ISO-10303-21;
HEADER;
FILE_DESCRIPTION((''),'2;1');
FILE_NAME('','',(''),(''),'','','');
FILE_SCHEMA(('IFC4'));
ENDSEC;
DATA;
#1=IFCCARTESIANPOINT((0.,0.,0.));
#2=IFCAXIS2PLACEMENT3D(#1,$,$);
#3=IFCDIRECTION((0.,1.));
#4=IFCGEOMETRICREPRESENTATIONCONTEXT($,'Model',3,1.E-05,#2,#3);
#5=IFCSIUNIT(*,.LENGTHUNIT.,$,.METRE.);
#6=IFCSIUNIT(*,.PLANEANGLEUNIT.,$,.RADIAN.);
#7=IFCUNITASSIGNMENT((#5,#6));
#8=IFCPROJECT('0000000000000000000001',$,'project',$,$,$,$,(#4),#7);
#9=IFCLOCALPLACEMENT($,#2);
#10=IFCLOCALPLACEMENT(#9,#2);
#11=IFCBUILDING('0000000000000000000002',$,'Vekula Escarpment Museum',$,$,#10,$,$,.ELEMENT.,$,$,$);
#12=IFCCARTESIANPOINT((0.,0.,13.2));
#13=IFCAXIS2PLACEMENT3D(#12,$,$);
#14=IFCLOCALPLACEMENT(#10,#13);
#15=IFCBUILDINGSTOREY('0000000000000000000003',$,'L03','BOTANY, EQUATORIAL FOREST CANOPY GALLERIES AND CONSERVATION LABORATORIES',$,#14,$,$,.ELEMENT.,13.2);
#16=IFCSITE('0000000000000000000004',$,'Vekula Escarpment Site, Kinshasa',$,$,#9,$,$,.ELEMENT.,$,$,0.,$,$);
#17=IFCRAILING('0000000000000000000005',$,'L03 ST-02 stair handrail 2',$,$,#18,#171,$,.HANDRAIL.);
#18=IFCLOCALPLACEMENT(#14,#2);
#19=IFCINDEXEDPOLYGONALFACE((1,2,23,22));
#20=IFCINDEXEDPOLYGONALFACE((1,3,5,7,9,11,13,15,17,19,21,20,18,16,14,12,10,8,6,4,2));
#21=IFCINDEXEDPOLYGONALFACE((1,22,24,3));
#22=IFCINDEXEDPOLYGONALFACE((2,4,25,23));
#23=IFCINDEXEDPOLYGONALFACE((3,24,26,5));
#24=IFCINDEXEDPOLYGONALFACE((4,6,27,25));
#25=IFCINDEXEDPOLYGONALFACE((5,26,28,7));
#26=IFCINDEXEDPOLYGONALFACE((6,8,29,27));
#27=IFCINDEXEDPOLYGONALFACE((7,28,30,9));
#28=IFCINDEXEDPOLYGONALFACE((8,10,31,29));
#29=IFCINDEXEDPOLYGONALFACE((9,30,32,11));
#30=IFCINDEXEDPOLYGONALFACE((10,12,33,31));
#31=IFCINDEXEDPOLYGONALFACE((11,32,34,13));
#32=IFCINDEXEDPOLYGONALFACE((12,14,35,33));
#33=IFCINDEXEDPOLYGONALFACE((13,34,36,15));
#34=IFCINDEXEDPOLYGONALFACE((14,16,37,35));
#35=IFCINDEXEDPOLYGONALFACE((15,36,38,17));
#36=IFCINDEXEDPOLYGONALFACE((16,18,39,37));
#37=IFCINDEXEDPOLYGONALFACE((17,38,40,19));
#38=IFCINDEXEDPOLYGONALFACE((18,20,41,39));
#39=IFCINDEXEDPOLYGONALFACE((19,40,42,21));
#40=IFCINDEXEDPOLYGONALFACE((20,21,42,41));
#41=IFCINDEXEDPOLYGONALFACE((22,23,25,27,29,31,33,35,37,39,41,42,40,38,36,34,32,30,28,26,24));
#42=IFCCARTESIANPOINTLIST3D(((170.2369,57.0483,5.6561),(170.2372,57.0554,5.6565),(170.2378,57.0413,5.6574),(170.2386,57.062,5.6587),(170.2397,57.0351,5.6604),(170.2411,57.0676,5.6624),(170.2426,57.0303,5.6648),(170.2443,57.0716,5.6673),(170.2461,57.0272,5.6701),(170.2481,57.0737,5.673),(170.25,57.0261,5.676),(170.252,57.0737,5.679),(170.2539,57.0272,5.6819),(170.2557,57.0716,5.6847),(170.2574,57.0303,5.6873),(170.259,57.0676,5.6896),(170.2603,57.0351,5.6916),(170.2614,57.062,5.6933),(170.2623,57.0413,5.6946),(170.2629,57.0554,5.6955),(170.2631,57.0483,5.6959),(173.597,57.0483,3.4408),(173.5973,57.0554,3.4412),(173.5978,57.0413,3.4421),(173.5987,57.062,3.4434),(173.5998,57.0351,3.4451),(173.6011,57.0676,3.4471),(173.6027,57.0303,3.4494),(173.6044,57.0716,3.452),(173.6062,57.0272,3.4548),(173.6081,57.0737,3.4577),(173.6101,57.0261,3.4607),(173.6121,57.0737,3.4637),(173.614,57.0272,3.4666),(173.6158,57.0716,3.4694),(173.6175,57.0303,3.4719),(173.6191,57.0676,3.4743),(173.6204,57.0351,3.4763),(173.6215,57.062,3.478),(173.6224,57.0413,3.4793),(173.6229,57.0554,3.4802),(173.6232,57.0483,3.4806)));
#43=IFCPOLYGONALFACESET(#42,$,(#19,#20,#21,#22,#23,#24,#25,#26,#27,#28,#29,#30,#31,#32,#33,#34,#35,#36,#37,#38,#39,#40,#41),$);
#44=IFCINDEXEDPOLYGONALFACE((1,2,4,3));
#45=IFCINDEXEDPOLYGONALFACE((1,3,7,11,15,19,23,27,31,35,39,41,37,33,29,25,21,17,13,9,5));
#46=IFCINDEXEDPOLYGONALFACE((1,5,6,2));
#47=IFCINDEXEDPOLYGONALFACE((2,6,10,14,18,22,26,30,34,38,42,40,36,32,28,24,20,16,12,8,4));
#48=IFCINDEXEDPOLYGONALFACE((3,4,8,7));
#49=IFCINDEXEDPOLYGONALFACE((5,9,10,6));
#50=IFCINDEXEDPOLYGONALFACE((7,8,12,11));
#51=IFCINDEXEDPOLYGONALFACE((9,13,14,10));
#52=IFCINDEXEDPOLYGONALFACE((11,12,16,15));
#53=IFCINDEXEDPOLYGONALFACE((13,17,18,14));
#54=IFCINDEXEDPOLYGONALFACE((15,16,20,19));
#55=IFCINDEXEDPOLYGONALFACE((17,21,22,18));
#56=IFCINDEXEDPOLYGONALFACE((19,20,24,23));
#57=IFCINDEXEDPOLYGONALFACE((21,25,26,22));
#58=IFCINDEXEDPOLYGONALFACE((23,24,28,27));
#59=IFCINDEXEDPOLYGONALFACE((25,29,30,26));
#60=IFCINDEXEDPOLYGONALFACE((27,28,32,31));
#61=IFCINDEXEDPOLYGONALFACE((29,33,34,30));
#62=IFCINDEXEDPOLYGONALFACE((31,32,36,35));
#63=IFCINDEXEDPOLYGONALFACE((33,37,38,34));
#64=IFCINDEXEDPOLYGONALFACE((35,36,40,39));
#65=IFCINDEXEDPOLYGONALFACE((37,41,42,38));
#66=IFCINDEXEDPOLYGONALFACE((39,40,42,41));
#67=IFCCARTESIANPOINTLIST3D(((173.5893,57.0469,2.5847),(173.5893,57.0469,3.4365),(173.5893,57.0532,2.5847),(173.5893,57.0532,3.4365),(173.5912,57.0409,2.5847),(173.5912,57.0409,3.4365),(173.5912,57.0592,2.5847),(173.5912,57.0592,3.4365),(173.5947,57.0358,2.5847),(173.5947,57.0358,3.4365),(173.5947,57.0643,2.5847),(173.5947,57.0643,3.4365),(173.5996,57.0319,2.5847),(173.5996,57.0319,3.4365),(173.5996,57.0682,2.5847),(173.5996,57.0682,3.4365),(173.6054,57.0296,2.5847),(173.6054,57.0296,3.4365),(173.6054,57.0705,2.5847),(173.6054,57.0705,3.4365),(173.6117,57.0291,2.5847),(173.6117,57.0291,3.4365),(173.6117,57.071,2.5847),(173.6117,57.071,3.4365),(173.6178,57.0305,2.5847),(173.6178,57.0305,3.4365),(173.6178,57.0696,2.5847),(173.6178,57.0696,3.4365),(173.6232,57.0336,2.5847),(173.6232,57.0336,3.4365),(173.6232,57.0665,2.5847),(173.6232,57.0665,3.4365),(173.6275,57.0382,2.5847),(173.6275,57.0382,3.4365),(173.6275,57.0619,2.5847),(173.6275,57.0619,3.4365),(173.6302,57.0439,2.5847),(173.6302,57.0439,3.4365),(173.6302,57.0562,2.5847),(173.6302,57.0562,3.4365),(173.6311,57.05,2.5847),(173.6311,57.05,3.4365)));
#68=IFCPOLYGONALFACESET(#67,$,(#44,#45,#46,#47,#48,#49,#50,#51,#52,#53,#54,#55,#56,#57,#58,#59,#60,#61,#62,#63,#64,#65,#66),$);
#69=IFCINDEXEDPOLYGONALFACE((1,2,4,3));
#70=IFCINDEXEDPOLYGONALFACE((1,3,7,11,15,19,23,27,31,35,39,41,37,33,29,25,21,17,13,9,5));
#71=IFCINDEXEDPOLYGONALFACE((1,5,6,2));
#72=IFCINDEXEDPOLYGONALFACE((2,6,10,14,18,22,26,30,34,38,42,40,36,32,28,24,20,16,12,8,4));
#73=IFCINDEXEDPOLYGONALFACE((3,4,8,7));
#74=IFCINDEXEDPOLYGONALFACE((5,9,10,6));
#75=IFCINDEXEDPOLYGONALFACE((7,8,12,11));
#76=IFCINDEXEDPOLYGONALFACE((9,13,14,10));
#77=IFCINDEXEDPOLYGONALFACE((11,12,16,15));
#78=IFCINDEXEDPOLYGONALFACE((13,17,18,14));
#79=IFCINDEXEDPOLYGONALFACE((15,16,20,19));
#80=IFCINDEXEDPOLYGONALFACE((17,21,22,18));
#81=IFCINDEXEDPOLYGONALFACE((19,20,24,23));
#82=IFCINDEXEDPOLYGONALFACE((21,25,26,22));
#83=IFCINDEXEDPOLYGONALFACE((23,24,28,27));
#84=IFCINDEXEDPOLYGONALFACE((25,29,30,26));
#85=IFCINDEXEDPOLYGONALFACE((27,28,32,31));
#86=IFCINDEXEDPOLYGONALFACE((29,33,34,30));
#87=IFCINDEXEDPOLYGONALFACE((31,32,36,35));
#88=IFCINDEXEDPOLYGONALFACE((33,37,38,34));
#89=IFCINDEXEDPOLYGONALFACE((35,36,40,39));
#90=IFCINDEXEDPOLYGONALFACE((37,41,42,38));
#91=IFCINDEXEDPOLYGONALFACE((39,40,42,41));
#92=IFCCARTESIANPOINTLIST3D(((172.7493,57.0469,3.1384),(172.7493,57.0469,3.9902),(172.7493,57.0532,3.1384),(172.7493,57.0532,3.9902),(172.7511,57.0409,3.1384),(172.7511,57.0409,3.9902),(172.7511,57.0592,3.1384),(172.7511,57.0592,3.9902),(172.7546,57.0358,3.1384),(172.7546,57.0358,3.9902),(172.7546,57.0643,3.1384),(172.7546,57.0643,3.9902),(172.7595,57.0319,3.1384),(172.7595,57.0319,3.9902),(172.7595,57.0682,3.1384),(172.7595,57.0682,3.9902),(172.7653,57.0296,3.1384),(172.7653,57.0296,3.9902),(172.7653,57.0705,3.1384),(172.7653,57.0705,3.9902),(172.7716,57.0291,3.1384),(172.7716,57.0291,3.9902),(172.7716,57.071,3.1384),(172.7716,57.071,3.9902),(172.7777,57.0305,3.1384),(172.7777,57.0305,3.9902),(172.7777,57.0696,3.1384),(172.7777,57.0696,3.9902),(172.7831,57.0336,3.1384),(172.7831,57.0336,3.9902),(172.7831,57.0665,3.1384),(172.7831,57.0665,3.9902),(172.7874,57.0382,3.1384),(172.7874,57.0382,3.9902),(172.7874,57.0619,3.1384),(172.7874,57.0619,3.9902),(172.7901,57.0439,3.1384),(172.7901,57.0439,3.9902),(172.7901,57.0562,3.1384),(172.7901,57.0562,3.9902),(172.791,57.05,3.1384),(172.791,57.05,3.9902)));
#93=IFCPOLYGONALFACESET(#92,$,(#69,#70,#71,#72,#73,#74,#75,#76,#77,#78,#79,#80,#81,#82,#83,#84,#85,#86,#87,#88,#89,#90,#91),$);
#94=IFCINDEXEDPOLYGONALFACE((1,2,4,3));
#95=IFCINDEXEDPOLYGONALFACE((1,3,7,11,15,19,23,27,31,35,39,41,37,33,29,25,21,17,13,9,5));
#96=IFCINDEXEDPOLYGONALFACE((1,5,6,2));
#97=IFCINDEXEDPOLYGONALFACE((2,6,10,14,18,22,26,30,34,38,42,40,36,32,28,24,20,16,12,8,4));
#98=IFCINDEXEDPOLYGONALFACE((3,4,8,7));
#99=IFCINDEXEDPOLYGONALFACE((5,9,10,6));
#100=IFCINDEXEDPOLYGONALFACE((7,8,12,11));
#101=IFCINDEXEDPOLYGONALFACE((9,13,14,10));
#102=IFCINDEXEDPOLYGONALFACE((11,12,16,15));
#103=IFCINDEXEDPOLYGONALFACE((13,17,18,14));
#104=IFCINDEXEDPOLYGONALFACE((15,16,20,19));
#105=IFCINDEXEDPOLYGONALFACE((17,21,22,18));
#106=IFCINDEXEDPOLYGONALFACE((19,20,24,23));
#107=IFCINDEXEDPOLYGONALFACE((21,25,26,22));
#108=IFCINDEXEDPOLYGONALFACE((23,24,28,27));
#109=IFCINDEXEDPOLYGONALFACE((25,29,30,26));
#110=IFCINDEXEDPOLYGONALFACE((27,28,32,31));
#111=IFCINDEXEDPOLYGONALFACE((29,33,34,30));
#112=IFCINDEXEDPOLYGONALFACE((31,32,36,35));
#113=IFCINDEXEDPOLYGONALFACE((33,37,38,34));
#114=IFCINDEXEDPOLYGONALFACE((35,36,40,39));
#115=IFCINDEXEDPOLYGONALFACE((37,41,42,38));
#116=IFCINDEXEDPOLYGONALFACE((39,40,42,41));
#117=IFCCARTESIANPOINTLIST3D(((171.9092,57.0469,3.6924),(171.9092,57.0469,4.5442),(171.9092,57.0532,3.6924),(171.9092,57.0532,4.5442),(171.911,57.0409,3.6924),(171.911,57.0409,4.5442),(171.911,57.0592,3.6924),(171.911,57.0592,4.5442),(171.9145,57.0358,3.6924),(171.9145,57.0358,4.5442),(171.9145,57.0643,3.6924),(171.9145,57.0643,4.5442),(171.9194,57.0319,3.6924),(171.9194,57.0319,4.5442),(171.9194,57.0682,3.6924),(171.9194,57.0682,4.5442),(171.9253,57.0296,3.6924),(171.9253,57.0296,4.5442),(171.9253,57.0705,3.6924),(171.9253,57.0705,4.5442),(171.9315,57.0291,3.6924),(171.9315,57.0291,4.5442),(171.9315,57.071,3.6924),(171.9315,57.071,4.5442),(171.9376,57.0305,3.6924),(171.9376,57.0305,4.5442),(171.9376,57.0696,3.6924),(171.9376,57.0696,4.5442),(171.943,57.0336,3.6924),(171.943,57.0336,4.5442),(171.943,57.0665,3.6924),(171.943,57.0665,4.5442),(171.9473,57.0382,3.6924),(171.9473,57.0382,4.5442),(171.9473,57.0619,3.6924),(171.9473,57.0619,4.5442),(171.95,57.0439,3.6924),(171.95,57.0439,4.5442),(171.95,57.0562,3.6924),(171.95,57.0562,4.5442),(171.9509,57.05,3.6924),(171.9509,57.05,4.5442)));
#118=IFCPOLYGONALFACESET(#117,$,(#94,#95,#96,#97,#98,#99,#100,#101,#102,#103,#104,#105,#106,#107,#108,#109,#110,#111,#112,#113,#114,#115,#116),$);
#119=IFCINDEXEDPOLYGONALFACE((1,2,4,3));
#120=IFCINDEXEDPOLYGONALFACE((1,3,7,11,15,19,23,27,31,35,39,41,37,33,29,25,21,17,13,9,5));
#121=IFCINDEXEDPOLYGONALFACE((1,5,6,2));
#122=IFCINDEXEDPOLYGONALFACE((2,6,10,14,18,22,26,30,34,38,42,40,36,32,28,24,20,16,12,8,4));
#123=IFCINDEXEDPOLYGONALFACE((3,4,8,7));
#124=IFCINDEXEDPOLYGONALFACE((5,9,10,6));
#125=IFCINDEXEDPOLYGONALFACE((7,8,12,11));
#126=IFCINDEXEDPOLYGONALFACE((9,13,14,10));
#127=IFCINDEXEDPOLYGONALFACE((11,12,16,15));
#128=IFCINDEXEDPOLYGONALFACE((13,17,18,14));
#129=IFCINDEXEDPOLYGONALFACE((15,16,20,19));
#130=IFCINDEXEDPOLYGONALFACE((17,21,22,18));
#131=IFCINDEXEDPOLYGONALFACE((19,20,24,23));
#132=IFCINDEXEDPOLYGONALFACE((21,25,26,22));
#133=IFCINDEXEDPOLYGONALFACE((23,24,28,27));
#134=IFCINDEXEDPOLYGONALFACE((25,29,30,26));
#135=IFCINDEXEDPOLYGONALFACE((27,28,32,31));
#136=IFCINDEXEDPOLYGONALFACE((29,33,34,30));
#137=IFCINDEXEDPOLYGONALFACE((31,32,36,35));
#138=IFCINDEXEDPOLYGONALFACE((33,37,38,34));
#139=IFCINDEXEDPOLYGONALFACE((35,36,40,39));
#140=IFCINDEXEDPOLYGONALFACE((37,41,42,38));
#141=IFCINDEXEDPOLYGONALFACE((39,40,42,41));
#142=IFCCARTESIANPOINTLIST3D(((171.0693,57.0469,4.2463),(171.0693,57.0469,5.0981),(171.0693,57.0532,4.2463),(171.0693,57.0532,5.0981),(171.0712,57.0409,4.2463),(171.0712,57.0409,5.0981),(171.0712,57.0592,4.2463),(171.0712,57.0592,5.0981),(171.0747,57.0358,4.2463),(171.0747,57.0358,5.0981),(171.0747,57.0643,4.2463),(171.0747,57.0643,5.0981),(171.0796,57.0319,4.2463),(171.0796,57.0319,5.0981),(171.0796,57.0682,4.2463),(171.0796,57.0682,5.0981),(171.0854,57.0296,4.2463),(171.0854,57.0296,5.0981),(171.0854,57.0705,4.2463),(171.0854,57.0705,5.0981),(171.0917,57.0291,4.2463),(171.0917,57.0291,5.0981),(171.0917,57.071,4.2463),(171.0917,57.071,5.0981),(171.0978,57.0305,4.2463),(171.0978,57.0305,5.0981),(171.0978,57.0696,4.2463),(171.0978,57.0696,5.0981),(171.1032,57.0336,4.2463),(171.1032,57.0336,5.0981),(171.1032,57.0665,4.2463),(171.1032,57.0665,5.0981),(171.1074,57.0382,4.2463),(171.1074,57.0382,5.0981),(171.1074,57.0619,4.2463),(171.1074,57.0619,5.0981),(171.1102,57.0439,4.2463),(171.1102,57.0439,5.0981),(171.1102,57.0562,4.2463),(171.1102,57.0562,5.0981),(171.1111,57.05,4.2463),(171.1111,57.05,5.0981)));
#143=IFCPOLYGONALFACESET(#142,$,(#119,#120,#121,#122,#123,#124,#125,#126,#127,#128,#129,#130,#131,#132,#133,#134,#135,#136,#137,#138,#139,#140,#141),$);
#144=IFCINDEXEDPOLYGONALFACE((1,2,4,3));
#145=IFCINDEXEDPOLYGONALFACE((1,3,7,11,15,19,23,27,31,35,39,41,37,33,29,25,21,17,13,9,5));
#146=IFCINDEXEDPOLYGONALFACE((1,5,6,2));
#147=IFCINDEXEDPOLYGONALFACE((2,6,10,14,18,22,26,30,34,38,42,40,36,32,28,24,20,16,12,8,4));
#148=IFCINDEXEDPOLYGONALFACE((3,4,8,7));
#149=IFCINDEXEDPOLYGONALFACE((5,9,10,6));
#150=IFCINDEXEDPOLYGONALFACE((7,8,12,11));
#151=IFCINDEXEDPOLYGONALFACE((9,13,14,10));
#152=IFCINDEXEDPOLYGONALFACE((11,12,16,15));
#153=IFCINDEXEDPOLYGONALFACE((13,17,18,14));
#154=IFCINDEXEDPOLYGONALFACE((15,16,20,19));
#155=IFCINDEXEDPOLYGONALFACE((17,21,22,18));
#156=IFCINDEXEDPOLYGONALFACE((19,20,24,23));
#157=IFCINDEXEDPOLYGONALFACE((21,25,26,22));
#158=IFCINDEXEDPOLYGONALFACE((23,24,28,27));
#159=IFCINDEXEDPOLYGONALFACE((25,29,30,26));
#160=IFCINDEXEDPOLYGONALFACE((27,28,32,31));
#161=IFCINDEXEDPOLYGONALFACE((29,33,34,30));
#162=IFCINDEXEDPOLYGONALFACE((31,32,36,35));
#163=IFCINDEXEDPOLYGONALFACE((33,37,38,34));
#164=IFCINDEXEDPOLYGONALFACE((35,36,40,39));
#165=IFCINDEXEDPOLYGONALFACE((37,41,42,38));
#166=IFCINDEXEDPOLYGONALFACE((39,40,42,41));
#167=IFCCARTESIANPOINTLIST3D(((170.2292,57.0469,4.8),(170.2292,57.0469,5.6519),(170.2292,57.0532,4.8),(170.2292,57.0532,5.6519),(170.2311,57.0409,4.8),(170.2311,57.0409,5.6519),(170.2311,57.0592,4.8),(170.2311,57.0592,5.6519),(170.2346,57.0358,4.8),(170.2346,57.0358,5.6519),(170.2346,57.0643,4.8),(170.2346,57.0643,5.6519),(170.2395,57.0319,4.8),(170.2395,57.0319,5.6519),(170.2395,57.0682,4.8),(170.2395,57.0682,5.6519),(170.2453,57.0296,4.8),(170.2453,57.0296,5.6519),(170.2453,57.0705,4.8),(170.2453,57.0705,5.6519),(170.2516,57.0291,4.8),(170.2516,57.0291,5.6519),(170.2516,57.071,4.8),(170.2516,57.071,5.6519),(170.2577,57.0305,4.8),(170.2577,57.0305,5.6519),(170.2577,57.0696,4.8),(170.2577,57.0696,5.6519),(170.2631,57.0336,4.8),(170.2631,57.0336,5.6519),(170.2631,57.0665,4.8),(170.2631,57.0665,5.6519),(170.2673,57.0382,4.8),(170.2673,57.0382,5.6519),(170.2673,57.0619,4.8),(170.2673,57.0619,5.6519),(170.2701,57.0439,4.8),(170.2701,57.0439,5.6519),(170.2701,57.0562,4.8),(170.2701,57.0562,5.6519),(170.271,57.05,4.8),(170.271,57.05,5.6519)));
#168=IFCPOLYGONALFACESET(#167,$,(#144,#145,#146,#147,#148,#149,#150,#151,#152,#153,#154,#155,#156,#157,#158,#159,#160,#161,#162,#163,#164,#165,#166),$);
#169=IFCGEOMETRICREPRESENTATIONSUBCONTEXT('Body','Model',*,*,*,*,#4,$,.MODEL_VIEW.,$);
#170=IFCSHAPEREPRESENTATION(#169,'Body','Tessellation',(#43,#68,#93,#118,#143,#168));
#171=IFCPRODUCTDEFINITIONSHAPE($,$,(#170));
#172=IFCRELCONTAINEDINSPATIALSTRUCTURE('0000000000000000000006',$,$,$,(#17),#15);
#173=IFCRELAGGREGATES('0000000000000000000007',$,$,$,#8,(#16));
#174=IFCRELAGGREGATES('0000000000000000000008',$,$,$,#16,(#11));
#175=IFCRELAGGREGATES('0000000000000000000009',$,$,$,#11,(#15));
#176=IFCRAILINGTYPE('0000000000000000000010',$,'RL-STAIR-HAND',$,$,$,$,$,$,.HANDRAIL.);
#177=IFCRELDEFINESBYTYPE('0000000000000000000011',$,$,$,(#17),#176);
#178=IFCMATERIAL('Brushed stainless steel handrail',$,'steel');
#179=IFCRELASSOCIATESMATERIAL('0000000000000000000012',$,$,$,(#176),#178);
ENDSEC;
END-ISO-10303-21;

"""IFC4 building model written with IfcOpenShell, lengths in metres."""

from ifc_helpers import new_model, si_unit, direction, frame, origin, origin_2d, place, context, subcontext, project, spatial, circle, extrude, material, type_object, element, save


model = new_model("IFC4")

# Units and contexts
model_context = context("Model", 3, precision=1e-05, world=origin(), true_north=direction((0.0, 1.0)))
body_context = subcontext(model_context, "Body", "Model", "MODEL_VIEW")
ifc_project = project(units=[si_unit("LENGTHUNIT", "METRE"), si_unit("PLANEANGLEUNIT", "RADIAN")], contexts=[model_context])

# Site, building, storey
site_placement = place(None, origin())
site = spatial("IfcSite", under=ifc_project, at=site_placement, Name="Vekula Escarpment Site, Kinshasa", CompositionType="ELEMENT", RefElevation=0.0)
building_placement = place(site_placement, origin())
building = spatial("IfcBuilding", under=site, at=building_placement, Name="Vekula Escarpment Museum", CompositionType="ELEMENT")
storey_placement = place(building_placement, frame((0.0, 0.0, 13.2)))
storey = spatial("IfcBuildingStorey", under=building, at=storey_placement, Name="L03", Description="BOTANY, EQUATORIAL FOREST CANOPY GALLERIES AND CONSERVATION LABORATORIES", CompositionType="ELEMENT", Elevation=13.2)

# Railing
ifc_material_1 = material(Name="Brushed stainless steel handrail", Category="steel")
railing_type_1 = type_object("IfcRailingType", Name="RL-STAIR-HAND", PredefinedType="HANDRAIL", material=ifc_material_1)
railing_1_placement = place(storey_placement, frame((173.6101, 57.05, 2.5847)))
element("IfcRailing", 1, at=railing_1_placement, inside=storey, type_object=railing_type_1, Name="L03 ST-02 stair handrail 2", PredefinedType="HANDRAIL", context=body_context, shape_type="SweptSolid", body=[
    extrude(circle(Radius=0.0239, at=origin_2d()), frame((0.0, 0.0, 0.876), z_axis=(-0.834876, 0.0, 0.550437), x_axis=(0.0, -1.0, 0.0)), (0.0, 0.0, 1.0), 4.0247),
    extrude(circle(Radius=0.021, at=origin_2d()), origin(), (0.0, 0.0, 1.0), 0.8518),
    extrude(circle(Radius=0.021, at=origin_2d()), frame((-0.8401, 0.0, 0.5537)), (0.0, 0.0, 1.0), 0.8518),
    extrude(circle(Radius=0.021, at=origin_2d()), frame((-1.6802, 0.0, 1.1077)), (0.0, 0.0, 1.0), 0.8518),
    extrude(circle(Radius=0.021, at=origin_2d()), frame((-2.52, 0.0, 1.6616)), (0.0, 0.0, 1.0), 0.8518),
    extrude(circle(Radius=0.021, at=origin_2d()), frame((-3.3601, 0.0, 2.2153)), (0.0, 0.0, 1.0), 0.8518),
])

save(model, "model.ifc")
